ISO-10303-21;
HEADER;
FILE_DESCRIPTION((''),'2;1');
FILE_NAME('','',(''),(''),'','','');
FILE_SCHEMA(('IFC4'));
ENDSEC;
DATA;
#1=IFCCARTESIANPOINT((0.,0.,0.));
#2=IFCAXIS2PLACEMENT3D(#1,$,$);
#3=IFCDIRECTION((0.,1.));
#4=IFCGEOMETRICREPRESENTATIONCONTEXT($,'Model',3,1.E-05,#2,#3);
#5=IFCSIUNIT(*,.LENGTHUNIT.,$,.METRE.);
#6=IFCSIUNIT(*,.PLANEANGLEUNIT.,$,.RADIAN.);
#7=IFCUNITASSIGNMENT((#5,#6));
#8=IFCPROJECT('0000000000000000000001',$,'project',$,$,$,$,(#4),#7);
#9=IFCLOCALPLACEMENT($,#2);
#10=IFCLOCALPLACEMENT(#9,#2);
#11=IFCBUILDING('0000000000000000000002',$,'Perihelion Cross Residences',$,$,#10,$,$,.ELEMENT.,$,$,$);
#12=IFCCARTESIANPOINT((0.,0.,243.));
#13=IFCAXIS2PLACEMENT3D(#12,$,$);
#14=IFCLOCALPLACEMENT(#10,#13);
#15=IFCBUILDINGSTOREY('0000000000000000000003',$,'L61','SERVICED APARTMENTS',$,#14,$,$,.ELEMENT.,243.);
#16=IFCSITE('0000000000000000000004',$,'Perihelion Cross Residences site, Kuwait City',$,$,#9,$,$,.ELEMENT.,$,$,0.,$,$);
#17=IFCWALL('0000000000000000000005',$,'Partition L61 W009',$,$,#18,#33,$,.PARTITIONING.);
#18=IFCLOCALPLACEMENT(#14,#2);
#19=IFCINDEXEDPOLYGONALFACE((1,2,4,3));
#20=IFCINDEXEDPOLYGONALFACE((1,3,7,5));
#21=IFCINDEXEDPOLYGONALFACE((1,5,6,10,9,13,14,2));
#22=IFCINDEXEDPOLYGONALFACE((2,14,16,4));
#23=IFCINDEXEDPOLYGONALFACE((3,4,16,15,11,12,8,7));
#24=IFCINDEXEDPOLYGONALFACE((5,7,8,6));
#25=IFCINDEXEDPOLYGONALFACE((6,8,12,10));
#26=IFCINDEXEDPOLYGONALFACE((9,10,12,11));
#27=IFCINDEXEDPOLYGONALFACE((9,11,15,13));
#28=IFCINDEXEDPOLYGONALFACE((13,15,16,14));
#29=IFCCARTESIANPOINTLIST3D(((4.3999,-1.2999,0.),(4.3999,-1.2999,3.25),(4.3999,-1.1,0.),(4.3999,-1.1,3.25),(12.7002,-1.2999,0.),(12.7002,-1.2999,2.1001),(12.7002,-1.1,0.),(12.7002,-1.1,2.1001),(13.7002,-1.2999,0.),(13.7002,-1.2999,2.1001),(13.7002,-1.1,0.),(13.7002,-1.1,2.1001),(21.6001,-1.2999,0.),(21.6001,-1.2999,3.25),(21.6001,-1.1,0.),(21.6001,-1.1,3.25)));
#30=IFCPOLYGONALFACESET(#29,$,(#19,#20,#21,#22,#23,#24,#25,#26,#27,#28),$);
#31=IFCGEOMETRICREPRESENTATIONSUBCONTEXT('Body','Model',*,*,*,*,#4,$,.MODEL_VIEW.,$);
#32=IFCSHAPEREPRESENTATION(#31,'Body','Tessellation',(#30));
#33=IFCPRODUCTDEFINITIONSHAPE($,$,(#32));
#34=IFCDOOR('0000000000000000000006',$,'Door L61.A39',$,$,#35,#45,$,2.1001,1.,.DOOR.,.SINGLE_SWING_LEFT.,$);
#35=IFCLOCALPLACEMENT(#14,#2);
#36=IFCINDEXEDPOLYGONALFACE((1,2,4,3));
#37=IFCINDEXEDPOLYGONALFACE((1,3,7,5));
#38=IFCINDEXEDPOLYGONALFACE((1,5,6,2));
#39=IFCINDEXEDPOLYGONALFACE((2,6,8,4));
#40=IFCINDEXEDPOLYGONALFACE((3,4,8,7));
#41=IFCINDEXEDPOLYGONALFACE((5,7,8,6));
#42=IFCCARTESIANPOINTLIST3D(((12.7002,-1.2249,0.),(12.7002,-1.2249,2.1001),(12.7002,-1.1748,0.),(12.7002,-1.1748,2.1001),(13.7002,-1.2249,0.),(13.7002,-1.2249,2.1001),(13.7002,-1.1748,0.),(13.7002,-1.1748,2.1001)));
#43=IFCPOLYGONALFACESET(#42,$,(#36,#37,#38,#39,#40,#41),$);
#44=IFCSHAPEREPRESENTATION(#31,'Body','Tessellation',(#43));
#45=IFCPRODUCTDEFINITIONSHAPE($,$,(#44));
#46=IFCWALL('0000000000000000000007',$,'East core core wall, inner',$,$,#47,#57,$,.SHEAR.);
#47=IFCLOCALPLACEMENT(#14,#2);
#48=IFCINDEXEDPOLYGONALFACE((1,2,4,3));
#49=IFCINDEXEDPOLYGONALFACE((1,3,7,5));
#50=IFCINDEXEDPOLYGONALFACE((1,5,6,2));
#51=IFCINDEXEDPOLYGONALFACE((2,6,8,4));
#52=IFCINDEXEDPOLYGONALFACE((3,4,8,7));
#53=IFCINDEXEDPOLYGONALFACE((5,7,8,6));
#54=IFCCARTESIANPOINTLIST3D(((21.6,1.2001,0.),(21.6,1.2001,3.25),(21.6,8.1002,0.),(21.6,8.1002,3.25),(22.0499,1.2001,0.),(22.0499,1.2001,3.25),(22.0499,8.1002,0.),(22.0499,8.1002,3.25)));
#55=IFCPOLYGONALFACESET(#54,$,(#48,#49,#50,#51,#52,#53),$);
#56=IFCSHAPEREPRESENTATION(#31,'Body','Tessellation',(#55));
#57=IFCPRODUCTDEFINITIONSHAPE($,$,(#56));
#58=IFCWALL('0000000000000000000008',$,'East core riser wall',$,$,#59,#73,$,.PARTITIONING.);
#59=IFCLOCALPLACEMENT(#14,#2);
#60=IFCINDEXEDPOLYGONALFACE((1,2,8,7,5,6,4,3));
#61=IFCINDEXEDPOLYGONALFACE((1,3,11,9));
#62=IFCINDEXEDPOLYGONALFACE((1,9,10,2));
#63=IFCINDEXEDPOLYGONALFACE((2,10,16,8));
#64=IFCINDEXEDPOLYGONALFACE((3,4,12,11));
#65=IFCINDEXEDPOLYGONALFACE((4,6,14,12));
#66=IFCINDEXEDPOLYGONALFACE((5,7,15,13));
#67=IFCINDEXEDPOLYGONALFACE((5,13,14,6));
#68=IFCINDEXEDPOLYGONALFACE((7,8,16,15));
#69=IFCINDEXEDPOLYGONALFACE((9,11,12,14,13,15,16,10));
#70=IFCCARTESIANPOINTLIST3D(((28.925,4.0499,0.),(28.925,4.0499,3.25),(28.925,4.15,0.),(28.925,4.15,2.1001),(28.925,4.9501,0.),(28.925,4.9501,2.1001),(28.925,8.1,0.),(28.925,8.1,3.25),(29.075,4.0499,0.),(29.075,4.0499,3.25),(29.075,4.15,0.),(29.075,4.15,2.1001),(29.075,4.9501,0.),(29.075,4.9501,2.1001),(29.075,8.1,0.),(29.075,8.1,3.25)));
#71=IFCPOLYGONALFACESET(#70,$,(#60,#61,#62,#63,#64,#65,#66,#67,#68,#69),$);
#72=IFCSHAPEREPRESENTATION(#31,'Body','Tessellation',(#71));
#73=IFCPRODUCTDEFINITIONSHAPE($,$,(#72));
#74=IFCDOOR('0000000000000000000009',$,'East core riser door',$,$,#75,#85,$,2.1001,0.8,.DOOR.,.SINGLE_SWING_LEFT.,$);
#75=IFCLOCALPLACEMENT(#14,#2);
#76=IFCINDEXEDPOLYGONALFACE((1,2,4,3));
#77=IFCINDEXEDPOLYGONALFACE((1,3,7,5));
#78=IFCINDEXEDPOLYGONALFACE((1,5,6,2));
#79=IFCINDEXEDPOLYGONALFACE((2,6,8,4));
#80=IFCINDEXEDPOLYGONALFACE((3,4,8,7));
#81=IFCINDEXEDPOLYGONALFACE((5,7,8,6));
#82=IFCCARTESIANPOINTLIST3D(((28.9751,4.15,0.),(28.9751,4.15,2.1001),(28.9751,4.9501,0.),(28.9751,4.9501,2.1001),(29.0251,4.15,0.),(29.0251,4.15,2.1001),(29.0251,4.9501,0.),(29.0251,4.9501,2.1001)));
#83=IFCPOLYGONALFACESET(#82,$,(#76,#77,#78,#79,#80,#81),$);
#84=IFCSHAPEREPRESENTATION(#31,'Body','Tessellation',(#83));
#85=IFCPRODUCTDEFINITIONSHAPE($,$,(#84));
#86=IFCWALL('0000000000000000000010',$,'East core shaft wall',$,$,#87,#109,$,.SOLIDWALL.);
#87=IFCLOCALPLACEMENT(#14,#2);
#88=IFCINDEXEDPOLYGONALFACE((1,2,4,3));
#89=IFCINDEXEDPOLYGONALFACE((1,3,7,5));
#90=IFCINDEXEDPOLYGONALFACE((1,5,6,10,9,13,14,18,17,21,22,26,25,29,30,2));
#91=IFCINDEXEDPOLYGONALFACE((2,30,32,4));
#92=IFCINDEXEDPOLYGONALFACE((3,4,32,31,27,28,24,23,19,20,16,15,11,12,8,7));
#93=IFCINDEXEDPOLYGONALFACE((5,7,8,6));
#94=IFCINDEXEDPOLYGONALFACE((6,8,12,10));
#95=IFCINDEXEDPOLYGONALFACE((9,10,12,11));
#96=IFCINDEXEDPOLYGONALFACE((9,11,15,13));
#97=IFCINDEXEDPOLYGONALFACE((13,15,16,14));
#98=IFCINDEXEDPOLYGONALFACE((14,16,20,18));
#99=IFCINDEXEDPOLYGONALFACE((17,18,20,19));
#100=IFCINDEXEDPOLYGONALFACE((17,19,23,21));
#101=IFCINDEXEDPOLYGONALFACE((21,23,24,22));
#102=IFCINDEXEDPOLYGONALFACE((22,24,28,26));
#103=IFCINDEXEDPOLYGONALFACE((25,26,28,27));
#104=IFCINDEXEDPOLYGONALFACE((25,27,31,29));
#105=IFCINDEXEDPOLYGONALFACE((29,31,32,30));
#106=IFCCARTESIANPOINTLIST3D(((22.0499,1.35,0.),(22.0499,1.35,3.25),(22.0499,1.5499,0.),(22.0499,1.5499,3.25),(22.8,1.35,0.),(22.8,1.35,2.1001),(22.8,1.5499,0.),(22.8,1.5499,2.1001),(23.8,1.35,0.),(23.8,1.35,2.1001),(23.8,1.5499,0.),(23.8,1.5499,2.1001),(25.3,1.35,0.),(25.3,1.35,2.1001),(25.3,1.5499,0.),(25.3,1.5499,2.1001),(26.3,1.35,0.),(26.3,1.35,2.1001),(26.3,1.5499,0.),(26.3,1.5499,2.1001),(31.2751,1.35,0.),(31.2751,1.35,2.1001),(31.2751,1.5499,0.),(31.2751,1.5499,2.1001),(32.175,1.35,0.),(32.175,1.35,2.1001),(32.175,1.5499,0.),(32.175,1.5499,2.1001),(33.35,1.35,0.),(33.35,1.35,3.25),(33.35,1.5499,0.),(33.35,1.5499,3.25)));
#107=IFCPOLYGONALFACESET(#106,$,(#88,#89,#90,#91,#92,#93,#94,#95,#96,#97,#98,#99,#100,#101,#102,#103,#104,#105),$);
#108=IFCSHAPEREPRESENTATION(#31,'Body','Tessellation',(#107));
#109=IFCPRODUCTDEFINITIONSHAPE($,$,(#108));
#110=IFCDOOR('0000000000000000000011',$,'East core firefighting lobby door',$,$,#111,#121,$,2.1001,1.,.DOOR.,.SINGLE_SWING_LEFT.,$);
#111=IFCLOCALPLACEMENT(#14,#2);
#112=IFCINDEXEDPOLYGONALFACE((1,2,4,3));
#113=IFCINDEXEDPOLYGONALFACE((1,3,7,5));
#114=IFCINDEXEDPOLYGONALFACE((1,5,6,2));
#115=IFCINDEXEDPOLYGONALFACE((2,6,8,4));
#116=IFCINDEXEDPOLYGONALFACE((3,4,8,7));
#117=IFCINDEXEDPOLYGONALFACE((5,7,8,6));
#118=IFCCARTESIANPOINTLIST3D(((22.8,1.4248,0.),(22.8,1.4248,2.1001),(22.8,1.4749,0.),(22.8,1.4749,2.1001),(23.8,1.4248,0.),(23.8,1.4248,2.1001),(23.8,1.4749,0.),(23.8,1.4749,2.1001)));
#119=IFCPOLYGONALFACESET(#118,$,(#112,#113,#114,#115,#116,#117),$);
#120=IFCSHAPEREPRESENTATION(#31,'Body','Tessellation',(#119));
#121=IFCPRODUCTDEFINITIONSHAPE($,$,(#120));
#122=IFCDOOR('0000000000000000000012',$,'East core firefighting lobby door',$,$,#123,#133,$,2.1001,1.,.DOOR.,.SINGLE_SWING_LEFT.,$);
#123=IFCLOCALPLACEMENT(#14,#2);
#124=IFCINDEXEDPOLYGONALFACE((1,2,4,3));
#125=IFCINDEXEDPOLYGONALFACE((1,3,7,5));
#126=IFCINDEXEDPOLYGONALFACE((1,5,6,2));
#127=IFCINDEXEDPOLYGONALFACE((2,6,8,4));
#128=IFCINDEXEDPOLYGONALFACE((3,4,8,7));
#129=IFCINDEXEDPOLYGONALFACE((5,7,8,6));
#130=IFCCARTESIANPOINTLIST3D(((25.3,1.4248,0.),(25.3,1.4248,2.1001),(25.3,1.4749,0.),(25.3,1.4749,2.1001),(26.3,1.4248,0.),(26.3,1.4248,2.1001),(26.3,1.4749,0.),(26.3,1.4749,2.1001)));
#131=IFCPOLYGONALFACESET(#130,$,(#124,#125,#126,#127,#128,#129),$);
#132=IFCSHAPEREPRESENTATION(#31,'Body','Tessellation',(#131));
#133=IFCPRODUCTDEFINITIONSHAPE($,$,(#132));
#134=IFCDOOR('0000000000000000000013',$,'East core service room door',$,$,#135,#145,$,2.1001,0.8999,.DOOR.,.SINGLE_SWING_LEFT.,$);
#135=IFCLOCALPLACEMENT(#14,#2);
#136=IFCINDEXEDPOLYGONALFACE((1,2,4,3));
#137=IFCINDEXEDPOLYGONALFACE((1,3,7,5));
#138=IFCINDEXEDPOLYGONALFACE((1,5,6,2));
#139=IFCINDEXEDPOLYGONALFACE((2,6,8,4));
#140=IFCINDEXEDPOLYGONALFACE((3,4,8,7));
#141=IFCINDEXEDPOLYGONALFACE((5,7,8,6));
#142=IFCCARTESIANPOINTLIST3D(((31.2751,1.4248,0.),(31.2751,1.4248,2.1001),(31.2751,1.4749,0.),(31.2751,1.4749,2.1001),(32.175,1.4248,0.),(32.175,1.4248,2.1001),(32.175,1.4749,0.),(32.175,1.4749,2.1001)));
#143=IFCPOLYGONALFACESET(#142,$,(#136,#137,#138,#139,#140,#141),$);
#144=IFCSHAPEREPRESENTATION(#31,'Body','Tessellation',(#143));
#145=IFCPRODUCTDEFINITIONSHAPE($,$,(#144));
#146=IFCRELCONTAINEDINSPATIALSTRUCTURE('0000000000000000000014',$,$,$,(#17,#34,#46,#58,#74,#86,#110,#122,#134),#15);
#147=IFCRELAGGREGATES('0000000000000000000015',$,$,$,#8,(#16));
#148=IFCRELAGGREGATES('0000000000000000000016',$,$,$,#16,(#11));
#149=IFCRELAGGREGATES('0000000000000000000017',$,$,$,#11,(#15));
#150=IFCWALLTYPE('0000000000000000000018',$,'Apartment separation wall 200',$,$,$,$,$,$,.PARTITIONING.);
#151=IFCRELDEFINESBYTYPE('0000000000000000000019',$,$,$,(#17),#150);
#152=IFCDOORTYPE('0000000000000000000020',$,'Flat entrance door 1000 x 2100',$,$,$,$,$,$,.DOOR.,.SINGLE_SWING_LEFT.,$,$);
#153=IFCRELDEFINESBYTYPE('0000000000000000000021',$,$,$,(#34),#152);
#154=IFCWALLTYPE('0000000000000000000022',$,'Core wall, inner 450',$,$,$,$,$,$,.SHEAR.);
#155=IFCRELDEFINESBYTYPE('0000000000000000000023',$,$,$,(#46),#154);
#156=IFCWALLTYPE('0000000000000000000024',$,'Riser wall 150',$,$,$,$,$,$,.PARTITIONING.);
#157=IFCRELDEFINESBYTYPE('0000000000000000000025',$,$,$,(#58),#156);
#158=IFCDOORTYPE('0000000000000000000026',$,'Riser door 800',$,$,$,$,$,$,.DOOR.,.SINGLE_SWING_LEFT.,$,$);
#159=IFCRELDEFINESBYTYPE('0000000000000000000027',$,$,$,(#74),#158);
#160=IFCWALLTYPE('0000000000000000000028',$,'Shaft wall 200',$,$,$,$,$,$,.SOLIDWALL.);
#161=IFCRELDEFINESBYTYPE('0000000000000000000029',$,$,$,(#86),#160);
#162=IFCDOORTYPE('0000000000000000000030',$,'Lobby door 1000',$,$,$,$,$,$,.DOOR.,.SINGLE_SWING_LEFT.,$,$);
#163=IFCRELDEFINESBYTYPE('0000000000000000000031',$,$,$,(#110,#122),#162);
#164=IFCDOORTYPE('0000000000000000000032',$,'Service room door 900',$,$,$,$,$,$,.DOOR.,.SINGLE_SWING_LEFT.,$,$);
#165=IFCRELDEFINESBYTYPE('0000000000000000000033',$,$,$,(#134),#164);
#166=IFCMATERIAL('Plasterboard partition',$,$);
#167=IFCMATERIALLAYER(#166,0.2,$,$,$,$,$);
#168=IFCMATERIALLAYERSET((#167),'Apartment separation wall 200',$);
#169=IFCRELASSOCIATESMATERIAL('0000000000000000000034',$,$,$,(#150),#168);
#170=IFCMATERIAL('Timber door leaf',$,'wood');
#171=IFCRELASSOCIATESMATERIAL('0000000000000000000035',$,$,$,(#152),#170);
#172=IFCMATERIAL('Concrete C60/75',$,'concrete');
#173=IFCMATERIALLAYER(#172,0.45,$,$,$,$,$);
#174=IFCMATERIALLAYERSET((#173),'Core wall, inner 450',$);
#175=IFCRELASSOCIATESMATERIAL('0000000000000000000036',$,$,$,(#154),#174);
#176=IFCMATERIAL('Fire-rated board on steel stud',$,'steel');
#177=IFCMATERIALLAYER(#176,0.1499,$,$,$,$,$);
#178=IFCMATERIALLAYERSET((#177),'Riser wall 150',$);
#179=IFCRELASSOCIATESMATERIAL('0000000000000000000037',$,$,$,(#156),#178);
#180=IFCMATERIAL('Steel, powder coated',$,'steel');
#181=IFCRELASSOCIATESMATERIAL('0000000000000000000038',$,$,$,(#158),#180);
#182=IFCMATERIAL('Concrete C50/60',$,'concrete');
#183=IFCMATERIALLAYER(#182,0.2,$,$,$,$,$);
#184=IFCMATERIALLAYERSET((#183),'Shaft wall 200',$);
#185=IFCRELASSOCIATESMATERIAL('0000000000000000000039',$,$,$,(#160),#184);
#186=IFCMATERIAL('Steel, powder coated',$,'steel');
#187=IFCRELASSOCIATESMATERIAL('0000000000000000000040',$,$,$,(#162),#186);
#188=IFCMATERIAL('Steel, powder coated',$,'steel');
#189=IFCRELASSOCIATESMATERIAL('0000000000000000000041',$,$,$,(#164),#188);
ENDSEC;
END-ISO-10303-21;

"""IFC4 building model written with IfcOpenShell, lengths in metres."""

from ifc_helpers import new_model, si_unit, direction, frame, frame_2d, origin, place, context, subcontext, project, spatial, rectangle, extrude, material, layer, layer_set, type_object, element, fill, save


model = new_model("IFC4")

# Units and contexts
model_context = context("Model", 3, precision=1e-05, world=origin(), true_north=direction((0.0, 1.0)))
body_context = subcontext(model_context, "Body", "Model", "MODEL_VIEW")
ifc_project = project(units=[si_unit("LENGTHUNIT", "METRE"), si_unit("PLANEANGLEUNIT", "RADIAN")], contexts=[model_context])

# Site, building, storey
site_placement = place(None, origin())
site = spatial("IfcSite", under=ifc_project, at=site_placement, Name="Perihelion Cross Residences site, Kuwait City", CompositionType="ELEMENT", RefElevation=0.0)
building_placement = place(site_placement, origin())
building = spatial("IfcBuilding", under=site, at=building_placement, Name="Perihelion Cross Residences", CompositionType="ELEMENT")
storey_placement = place(building_placement, frame((0.0, 0.0, 243.0)))
storey = spatial("IfcBuildingStorey", under=building, at=storey_placement, Name="L61", Description="SERVICED APARTMENTS", CompositionType="ELEMENT", Elevation=243.0)

# Wall, opening, door
ifc_material_1 = material(Name="Plasterboard partition")
ifc_layer_1 = layer(ifc_material_1, 0.2)
ifc_layer_set_1 = layer_set([ifc_layer_1], Name="Apartment separation wall 200")
wall_type_1 = type_object("IfcWallType", Name="Apartment separation wall 200", PredefinedType="PARTITIONING", material=ifc_layer_set_1)
wall_1_placement = place(storey_placement, frame((21.6001, -1.2, 0.0), z_axis=(0.0, 0.0, 1.0), x_axis=(-1.0, 0.0, 0.0)))
wall_1 = element("IfcWall", 1, at=wall_1_placement, inside=storey, type_object=wall_type_1, Name="Partition L61 W009", PredefinedType="PARTITIONING", context=body_context, shape_type="SweptSolid", body=[
    extrude(rectangle(XDim=17.2002, YDim=0.2, at=frame_2d((8.6001, 0.0))), origin(), (0.0, 0.0, 1.0), 3.25),
])
opening_1_placement = place(wall_1_placement, frame((7.8999, 0.0, 0.0)))
opening_1 = element("IfcOpeningElement", 2, at=opening_1_placement, cuts=wall_1, PredefinedType="OPENING", context=body_context, shape_type="SweptSolid", body=[
    extrude(rectangle(XDim=1.0, YDim=2.1001, at=frame_2d((0.5, 1.05))), frame((0.0, 0.1099, 0.0), z_axis=(0.0, -1.0, 0.0), x_axis=(1.0, 0.0, 0.0)), (0.0, 0.0, 1.0), 0.22),
])
ifc_material_2 = material(Name="Timber door leaf", Category="wood")
door_type_1 = type_object("IfcDoorType", Name="Flat entrance door 1000 x 2100", OperationType="SINGLE_SWING_LEFT", PredefinedType="DOOR", material=ifc_material_2)
door_1_placement = place(opening_1_placement, origin())
door_1 = element("IfcDoor", 3, at=door_1_placement, inside=storey, type_object=door_type_1, Name="Door L61.A39", OperationType="SINGLE_SWING_LEFT", OverallHeight=2.1001, OverallWidth=1.0, PredefinedType="DOOR", context=body_context, shape_type="SweptSolid", body=[
    extrude(rectangle(XDim=1.0, YDim=2.1001, at=frame_2d((0.5, 1.05))), frame((0.0, 0.0249, 0.0), z_axis=(0.0, -1.0, 0.0), x_axis=(1.0, 0.0, 0.0)), (0.0, 0.0, 1.0), 0.05),
])
fill(opening_1, door_1)

# Wall
ifc_material_3 = material(Name="Concrete C60/75", Category="concrete")
ifc_layer_2 = layer(ifc_material_3, 0.45)
ifc_layer_set_2 = layer_set([ifc_layer_2], Name="Core wall, inner 450")
wall_type_2 = type_object("IfcWallType", Name="Core wall, inner 450", PredefinedType="SHEAR", material=ifc_layer_set_2)
wall_2_placement = place(storey_placement, frame((21.825, 1.2, 0.0), z_axis=(0.0, 0.0, 1.0), x_axis=(0.0, 1.0, 0.0)))
element("IfcWall", 4, at=wall_2_placement, inside=storey, type_object=wall_type_2, Name="East core core wall, inner", PredefinedType="SHEAR", context=body_context, shape_type="SweptSolid", body=[
    extrude(rectangle(XDim=6.9001, YDim=0.45, at=frame_2d((3.4502, 0.0))), origin(), (0.0, 0.0, 1.0), 3.25),
])

# Wall, opening, door
ifc_material_4 = material(Name="Fire-rated board on steel stud", Category="steel")
ifc_layer_3 = layer(ifc_material_4, 0.1499)
ifc_layer_set_3 = layer_set([ifc_layer_3], Name="Riser wall 150")
wall_type_3 = type_object("IfcWallType", Name="Riser wall 150", PredefinedType="PARTITIONING", material=ifc_layer_set_3)
wall_3_placement = place(storey_placement, frame((29.0, 4.05, 0.0), z_axis=(0.0, 0.0, 1.0), x_axis=(0.0, 1.0, 0.0)))
wall_3 = element("IfcWall", 5, at=wall_3_placement, inside=storey, type_object=wall_type_3, Name="East core riser wall", PredefinedType="PARTITIONING", context=body_context, shape_type="SweptSolid", body=[
    extrude(rectangle(XDim=4.05, YDim=0.1499, at=frame_2d((2.0249, 0.0))), origin(), (0.0, 0.0, 1.0), 3.25),
])
opening_2_placement = place(wall_3_placement, frame((0.1001, 0.0, 0.0)))
opening_2 = element("IfcOpeningElement", 6, at=opening_2_placement, cuts=wall_3, PredefinedType="OPENING", context=body_context, shape_type="SweptSolid", body=[
    extrude(rectangle(XDim=0.8, YDim=2.1001, at=frame_2d((0.3999, 1.05))), frame((0.0, 0.085, 0.0), z_axis=(0.0, -1.0, 0.0), x_axis=(1.0, 0.0, 0.0)), (0.0, 0.0, 1.0), 0.1699),
])
ifc_material_5 = material(Name="Steel, powder coated", Category="steel")
door_type_2 = type_object("IfcDoorType", Name="Riser door 800", OperationType="SINGLE_SWING_LEFT", PredefinedType="DOOR", material=ifc_material_5)
door_2_placement = place(opening_2_placement, origin())
door_2 = element("IfcDoor", 7, at=door_2_placement, inside=storey, type_object=door_type_2, Name="East core riser door", OperationType="SINGLE_SWING_LEFT", OverallHeight=2.1001, OverallWidth=0.8, PredefinedType="DOOR", context=body_context, shape_type="SweptSolid", body=[
    extrude(rectangle(XDim=0.8, YDim=2.1001, at=frame_2d((0.3999, 1.05))), frame((0.0, 0.0249, 0.0), z_axis=(0.0, -1.0, 0.0), x_axis=(1.0, 0.0, 0.0)), (0.0, 0.0, 1.0), 0.05),
])
fill(opening_2, door_2)

# Wall, openings, doors
ifc_material_6 = material(Name="Concrete C50/60", Category="concrete")
ifc_layer_4 = layer(ifc_material_6, 0.2)
ifc_layer_set_4 = layer_set([ifc_layer_4], Name="Shaft wall 200")
wall_type_4 = type_object("IfcWallType", Name="Shaft wall 200", PredefinedType="SOLIDWALL", material=ifc_layer_set_4)
wall_4_placement = place(storey_placement, frame((22.05, 1.45, 0.0), z_axis=(0.0, 0.0, 1.0), x_axis=(1.0, 0.0, 0.0)))
wall_4 = element("IfcWall", 8, at=wall_4_placement, inside=storey, type_object=wall_type_4, Name="East core shaft wall", PredefinedType="SOLIDWALL", context=body_context, shape_type="SweptSolid", body=[
    extrude(rectangle(XDim=11.3, YDim=0.2, at=frame_2d((5.6499, 0.0))), origin(), (0.0, 0.0, 1.0), 3.25),
])
opening_3_placement = place(wall_4_placement, frame((0.75, 0.0, 0.0)))
opening_3 = element("IfcOpeningElement", 9, at=opening_3_placement, cuts=wall_4, PredefinedType="OPENING", context=body_context, shape_type="SweptSolid", body=[
    extrude(rectangle(XDim=1.0, YDim=2.1001, at=frame_2d((0.5, 1.05))), frame((0.0, 0.1099, 0.0), z_axis=(0.0, -1.0, 0.0), x_axis=(1.0, 0.0, 0.0)), (0.0, 0.0, 1.0), 0.22),
])
opening_4_placement = place(wall_4_placement, frame((3.25, 0.0, 0.0)))
opening_4 = element("IfcOpeningElement", 10, at=opening_4_placement, cuts=wall_4, PredefinedType="OPENING", context=body_context, shape_type="SweptSolid", body=[
    extrude(rectangle(XDim=1.0, YDim=2.1001, at=frame_2d((0.5, 1.05))), frame((0.0, 0.1099, 0.0), z_axis=(0.0, -1.0, 0.0), x_axis=(1.0, 0.0, 0.0)), (0.0, 0.0, 1.0), 0.22),
])
opening_5_placement = place(wall_4_placement, frame((9.2251, 0.0, 0.0)))
opening_5 = element("IfcOpeningElement", 11, at=opening_5_placement, cuts=wall_4, PredefinedType="OPENING", context=body_context, shape_type="SweptSolid", body=[
    extrude(rectangle(XDim=0.8999, YDim=2.1001, at=frame_2d((0.45, 1.05))), frame((0.0, 0.1099, 0.0), z_axis=(0.0, -1.0, 0.0), x_axis=(1.0, 0.0, 0.0)), (0.0, 0.0, 1.0), 0.22),
])
ifc_material_7 = material(Name="Steel, powder coated", Category="steel")
door_type_3 = type_object("IfcDoorType", Name="Lobby door 1000", OperationType="SINGLE_SWING_LEFT", PredefinedType="DOOR", material=ifc_material_7)
door_3_placement = place(opening_3_placement, origin())
door_3 = element("IfcDoor", 12, at=door_3_placement, inside=storey, type_object=door_type_3, Name="East core firefighting lobby door", OperationType="SINGLE_SWING_LEFT", OverallHeight=2.1001, OverallWidth=1.0, PredefinedType="DOOR", context=body_context, shape_type="SweptSolid", body=[
    extrude(rectangle(XDim=1.0, YDim=2.1001, at=frame_2d((0.5, 1.05))), frame((0.0, 0.0249, 0.0), z_axis=(0.0, -1.0, 0.0), x_axis=(1.0, 0.0, 0.0)), (0.0, 0.0, 1.0), 0.05),
])
fill(opening_3, door_3)
door_4_placement = place(opening_4_placement, origin())
door_4 = element("IfcDoor", 13, at=door_4_placement, inside=storey, type_object=door_type_3, Name="East core firefighting lobby door", OperationType="SINGLE_SWING_LEFT", OverallHeight=2.1001, OverallWidth=1.0, PredefinedType="DOOR", context=body_context, shape_type="SweptSolid", body=[
    extrude(rectangle(XDim=1.0, YDim=2.1001, at=frame_2d((0.5, 1.05))), frame((0.0, 0.0249, 0.0), z_axis=(0.0, -1.0, 0.0), x_axis=(1.0, 0.0, 0.0)), (0.0, 0.0, 1.0), 0.05),
])
fill(opening_4, door_4)
ifc_material_8 = material(Name="Steel, powder coated", Category="steel")
door_type_4 = type_object("IfcDoorType", Name="Service room door 900", OperationType="SINGLE_SWING_LEFT", PredefinedType="DOOR", material=ifc_material_8)
door_5_placement = place(opening_5_placement, origin())
door_5 = element("IfcDoor", 14, at=door_5_placement, inside=storey, type_object=door_type_4, Name="East core service room door", OperationType="SINGLE_SWING_LEFT", OverallHeight=2.1001, OverallWidth=0.8999, PredefinedType="DOOR", context=body_context, shape_type="SweptSolid", body=[
    extrude(rectangle(XDim=0.8999, YDim=2.1001, at=frame_2d((0.45, 1.05))), frame((0.0, 0.0249, 0.0), z_axis=(0.0, -1.0, 0.0), x_axis=(1.0, 0.0, 0.0)), (0.0, 0.0, 1.0), 0.05),
])
fill(opening_5, door_5)

save(model, "model.ifc")
